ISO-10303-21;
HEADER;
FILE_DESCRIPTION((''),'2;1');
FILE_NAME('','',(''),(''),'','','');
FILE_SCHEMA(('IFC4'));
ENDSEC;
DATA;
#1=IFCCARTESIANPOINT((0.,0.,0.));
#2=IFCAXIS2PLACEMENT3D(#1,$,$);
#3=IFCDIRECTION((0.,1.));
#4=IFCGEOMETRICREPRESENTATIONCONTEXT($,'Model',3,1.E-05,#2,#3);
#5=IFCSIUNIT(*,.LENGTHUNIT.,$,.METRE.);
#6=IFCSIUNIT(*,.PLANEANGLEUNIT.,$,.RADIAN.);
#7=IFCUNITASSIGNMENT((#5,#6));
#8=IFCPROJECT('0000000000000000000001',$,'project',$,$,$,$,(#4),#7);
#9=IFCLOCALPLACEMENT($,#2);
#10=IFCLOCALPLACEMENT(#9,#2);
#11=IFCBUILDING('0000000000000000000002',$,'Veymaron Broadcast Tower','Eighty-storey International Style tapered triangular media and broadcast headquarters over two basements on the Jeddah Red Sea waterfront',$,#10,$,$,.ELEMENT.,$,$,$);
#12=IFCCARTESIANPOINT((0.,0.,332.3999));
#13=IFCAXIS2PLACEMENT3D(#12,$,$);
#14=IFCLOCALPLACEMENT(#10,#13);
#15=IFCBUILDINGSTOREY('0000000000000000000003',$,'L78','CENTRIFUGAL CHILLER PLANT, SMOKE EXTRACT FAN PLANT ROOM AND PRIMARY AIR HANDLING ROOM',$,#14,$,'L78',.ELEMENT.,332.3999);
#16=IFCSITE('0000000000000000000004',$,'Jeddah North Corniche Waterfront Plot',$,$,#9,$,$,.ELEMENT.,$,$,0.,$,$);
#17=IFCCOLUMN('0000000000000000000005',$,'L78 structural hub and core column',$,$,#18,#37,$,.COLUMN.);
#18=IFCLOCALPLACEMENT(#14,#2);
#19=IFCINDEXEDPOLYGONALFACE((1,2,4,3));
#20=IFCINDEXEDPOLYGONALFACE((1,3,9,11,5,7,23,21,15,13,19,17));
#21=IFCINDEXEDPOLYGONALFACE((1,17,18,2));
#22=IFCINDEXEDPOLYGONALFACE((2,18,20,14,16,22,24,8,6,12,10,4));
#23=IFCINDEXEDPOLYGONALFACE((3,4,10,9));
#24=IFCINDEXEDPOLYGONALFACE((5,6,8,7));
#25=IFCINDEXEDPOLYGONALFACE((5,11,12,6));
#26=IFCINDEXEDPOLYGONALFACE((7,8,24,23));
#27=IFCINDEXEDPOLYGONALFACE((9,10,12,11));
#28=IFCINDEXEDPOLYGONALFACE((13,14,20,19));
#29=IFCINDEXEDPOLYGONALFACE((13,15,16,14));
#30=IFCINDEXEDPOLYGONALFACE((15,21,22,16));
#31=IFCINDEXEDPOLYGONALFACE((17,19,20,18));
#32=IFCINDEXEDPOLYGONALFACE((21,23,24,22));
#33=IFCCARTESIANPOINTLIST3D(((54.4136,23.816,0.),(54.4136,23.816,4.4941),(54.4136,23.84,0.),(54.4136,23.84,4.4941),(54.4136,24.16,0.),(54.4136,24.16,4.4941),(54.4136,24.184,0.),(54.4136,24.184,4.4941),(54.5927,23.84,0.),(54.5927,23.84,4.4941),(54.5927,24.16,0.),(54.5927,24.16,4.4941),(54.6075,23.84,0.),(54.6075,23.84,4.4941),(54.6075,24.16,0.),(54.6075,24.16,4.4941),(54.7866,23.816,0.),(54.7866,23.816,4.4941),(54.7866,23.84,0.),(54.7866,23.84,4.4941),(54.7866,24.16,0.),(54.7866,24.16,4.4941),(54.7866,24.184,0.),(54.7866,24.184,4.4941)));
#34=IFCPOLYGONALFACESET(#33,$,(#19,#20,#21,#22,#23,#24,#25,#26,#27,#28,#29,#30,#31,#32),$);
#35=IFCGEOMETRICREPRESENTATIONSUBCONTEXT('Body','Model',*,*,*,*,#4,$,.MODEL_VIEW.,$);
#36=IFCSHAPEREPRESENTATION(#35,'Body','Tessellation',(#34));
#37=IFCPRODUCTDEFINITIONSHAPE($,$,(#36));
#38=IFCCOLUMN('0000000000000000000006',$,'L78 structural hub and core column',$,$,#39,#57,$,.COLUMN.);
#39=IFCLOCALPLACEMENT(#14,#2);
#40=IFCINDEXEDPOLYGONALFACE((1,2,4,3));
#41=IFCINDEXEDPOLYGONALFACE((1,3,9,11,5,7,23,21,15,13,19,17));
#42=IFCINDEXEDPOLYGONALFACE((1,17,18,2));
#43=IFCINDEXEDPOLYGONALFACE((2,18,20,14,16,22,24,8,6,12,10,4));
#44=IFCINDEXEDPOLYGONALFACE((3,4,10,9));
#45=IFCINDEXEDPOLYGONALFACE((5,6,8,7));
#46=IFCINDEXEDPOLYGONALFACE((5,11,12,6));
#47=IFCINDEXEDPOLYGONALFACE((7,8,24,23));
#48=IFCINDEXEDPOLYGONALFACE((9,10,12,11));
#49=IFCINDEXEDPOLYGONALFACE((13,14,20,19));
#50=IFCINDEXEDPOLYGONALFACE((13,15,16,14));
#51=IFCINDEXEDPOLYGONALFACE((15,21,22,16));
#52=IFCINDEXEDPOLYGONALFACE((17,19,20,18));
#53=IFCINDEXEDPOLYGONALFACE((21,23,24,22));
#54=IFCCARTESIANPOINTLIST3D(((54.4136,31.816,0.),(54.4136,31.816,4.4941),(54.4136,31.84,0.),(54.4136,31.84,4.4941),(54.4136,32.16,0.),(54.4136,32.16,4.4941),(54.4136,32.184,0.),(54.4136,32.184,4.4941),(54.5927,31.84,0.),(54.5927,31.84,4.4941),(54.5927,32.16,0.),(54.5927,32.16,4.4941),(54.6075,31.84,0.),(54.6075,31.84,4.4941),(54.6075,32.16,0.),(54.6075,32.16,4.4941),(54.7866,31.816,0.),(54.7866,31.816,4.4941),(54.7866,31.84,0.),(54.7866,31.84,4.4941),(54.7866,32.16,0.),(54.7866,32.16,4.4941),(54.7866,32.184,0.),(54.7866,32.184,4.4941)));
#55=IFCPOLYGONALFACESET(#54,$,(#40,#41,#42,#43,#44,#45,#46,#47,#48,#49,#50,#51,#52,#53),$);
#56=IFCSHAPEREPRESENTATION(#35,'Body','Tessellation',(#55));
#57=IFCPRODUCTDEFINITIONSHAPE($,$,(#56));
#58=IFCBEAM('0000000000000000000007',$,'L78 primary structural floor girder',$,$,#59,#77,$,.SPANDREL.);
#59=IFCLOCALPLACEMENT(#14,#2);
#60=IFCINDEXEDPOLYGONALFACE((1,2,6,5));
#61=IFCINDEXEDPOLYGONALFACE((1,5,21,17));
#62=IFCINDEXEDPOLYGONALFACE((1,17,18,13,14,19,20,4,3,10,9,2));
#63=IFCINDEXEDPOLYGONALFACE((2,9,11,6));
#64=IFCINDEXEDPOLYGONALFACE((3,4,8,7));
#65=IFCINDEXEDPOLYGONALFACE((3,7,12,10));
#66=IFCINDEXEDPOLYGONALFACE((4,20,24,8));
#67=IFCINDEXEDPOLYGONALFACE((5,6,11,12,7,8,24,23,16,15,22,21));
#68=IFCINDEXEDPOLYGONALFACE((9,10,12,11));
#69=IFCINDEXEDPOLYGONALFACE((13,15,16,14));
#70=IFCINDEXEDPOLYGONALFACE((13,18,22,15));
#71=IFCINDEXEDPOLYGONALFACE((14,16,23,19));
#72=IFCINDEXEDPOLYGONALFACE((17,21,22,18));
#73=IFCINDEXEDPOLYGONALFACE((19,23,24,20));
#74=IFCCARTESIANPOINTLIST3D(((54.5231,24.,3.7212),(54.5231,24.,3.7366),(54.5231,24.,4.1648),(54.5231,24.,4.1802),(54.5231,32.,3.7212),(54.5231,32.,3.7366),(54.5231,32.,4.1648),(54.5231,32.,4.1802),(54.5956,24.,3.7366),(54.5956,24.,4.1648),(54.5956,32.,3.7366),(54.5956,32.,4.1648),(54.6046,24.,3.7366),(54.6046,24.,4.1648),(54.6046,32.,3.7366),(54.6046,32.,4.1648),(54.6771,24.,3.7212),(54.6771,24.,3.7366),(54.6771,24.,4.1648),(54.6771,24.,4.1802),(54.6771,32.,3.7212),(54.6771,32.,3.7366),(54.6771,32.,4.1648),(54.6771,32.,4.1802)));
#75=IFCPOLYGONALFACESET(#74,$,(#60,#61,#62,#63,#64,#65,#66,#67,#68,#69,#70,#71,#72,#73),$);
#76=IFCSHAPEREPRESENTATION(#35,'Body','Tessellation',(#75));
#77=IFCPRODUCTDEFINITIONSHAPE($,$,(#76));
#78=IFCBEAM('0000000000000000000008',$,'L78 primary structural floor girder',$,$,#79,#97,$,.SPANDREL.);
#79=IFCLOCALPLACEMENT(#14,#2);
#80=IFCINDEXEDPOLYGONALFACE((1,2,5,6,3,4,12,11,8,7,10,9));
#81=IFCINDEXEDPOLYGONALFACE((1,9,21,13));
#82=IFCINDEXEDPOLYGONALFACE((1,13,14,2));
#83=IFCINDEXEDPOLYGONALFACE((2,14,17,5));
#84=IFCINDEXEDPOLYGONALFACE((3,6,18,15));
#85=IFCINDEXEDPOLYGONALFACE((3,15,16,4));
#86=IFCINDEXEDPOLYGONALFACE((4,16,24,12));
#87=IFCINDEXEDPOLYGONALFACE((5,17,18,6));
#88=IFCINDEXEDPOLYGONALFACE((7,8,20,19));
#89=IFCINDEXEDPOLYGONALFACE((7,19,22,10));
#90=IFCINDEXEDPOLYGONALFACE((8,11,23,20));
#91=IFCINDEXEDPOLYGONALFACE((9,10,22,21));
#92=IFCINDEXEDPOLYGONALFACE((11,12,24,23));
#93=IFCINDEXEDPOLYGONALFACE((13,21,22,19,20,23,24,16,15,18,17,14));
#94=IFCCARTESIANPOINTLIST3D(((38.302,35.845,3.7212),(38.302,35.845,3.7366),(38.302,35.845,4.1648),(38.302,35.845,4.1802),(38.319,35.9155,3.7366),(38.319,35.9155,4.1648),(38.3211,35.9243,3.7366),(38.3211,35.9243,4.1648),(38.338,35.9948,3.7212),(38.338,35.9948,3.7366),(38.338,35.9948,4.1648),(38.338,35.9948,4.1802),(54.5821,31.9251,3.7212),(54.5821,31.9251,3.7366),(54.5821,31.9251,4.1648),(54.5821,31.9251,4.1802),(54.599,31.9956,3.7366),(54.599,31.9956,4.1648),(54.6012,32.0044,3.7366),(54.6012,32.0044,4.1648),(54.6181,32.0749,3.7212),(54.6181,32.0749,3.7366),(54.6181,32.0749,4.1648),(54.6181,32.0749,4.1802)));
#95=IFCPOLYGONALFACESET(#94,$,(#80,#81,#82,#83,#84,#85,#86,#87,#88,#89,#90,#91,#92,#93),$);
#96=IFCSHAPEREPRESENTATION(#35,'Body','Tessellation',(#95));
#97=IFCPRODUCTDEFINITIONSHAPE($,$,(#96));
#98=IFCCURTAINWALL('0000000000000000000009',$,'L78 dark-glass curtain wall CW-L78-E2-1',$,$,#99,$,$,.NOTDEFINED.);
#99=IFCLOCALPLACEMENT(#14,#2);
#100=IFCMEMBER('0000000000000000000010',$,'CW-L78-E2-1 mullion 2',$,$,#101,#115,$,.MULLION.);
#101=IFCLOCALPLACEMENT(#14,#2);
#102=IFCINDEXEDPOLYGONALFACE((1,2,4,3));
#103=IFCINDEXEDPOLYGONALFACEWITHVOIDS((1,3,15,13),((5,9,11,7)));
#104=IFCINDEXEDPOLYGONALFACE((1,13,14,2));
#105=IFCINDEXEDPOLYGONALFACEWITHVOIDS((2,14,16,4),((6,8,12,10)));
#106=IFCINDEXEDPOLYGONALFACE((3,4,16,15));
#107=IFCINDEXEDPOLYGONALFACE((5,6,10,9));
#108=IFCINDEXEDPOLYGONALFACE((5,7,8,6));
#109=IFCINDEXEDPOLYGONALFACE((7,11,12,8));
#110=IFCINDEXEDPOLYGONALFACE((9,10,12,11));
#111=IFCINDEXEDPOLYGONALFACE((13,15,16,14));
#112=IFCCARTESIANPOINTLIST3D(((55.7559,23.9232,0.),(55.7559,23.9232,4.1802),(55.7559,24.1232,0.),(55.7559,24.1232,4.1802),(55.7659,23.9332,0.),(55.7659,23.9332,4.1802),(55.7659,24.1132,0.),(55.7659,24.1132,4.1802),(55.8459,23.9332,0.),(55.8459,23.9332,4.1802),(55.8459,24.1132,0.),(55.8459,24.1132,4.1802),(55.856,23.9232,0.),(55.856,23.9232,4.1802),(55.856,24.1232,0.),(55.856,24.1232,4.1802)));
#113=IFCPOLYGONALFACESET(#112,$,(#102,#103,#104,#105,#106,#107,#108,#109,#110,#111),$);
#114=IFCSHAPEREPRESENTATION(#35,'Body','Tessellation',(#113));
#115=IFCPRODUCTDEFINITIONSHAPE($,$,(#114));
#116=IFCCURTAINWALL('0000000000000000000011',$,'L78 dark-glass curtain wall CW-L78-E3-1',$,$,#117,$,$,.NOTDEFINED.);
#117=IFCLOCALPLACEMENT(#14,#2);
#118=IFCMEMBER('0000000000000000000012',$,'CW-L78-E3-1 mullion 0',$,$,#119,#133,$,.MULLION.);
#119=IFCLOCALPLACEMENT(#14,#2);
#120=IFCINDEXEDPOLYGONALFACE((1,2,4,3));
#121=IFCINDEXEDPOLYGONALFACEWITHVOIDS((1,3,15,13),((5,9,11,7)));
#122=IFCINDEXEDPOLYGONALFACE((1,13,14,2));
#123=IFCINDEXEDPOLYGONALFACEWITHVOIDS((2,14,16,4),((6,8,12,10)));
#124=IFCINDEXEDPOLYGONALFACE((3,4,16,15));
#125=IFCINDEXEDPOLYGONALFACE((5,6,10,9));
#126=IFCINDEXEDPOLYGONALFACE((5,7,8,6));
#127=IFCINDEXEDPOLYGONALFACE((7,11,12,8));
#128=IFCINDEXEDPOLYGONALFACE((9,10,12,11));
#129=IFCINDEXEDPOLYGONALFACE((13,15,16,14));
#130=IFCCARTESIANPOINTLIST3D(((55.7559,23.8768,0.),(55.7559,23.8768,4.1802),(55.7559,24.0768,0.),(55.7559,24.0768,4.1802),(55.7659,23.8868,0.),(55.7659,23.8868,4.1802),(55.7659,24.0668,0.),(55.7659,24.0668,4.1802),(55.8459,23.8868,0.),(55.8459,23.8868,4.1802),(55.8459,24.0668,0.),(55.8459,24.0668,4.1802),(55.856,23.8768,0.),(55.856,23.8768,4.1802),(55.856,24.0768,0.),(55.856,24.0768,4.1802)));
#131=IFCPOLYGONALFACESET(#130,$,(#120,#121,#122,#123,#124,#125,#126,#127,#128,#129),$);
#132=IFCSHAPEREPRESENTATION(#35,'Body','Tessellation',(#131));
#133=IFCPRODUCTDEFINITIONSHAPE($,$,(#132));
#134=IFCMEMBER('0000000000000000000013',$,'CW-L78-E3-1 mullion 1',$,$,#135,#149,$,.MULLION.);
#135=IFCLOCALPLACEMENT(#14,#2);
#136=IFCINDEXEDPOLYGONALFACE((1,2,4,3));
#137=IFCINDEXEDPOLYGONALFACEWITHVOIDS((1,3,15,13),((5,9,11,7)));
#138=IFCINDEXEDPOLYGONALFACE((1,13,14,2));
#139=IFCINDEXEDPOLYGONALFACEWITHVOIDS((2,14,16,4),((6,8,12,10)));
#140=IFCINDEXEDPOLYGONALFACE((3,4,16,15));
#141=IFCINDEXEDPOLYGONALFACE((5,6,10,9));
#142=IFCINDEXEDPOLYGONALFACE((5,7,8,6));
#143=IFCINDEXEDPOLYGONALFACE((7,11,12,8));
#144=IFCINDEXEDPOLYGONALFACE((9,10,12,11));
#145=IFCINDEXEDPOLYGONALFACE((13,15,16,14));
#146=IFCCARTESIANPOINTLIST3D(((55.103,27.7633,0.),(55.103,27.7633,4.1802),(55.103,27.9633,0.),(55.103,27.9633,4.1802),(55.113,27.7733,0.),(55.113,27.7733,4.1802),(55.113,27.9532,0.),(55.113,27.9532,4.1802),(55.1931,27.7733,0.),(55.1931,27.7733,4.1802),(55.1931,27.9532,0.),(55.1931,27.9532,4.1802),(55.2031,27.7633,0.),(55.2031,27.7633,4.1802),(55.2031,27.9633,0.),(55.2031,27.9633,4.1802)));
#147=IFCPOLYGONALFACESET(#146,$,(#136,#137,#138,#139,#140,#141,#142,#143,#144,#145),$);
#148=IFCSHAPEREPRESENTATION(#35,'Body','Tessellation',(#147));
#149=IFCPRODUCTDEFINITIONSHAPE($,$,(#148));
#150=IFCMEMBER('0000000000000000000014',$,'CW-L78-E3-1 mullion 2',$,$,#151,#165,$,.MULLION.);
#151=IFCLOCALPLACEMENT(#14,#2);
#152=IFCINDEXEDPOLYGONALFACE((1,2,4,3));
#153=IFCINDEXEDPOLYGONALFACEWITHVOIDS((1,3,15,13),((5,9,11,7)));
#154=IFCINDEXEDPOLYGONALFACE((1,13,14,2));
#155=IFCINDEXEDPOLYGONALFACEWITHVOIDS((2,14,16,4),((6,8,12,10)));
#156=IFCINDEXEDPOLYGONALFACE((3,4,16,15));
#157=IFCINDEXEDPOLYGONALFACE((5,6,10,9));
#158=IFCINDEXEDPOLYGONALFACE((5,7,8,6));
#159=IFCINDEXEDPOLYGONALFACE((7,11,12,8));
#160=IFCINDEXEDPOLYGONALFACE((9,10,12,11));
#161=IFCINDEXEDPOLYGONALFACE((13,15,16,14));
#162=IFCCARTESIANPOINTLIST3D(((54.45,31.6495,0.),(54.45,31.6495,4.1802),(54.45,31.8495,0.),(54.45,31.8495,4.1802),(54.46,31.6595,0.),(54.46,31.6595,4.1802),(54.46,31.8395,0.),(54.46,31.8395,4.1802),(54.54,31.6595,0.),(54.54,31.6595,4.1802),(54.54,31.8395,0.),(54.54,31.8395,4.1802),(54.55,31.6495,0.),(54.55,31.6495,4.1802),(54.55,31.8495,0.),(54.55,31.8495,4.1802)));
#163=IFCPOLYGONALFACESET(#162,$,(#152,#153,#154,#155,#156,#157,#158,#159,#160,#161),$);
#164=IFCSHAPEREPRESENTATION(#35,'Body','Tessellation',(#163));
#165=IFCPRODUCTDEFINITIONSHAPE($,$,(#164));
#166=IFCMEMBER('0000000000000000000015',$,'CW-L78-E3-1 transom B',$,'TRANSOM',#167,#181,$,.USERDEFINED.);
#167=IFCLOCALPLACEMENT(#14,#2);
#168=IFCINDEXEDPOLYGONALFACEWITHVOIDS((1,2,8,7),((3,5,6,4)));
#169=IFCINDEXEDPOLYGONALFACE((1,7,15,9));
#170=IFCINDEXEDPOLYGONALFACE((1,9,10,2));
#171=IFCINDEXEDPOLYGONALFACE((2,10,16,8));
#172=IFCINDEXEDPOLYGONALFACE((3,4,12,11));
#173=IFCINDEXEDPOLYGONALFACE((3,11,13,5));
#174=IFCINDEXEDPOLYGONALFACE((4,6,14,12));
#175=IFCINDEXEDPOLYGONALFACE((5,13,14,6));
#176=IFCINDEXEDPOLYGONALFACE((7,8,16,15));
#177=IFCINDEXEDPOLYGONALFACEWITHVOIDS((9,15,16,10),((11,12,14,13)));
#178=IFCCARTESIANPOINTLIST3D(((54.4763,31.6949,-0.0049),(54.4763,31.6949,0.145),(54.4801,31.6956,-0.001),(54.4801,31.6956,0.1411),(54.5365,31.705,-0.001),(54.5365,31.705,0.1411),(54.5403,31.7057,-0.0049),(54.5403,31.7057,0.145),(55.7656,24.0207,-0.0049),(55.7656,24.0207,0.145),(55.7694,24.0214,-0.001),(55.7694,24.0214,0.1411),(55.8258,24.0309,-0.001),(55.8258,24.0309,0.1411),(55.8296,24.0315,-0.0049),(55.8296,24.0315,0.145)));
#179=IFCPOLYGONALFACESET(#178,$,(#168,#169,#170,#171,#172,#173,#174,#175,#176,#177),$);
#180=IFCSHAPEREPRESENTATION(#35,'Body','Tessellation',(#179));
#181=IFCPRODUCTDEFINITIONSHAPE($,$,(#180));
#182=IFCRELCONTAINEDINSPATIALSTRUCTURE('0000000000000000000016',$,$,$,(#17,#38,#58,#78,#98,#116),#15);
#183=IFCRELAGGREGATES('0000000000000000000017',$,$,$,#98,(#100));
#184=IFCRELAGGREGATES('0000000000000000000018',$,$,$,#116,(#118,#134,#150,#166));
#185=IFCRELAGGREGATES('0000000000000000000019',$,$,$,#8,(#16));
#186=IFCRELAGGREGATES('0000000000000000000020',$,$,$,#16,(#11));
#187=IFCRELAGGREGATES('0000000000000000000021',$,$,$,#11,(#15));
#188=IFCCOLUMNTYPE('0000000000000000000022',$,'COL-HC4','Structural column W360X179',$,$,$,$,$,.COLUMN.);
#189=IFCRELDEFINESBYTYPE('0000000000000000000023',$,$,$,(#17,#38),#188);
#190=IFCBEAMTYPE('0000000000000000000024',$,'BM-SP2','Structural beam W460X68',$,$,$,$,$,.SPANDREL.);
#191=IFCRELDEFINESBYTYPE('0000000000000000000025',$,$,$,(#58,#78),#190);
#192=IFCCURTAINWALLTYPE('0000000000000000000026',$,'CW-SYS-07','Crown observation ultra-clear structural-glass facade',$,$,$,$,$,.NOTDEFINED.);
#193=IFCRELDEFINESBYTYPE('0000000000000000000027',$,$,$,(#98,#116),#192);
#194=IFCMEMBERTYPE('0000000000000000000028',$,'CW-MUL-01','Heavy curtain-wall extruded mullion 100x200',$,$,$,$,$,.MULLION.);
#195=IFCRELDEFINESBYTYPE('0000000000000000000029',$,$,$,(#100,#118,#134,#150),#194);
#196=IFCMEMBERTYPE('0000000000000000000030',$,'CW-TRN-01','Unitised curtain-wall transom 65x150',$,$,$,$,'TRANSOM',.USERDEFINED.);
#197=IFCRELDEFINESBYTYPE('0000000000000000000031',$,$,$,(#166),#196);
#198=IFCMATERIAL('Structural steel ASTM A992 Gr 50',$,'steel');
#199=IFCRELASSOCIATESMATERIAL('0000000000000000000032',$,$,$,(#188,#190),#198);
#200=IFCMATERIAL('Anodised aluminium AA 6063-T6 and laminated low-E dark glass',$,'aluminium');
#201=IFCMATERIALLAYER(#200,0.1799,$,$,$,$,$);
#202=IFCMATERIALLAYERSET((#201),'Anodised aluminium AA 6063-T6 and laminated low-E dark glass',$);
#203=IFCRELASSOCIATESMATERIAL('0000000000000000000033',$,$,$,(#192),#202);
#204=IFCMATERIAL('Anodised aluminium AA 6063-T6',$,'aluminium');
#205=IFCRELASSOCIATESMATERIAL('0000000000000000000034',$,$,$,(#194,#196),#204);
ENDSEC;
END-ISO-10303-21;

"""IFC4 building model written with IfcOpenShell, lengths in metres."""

from ifc_helpers import new_model, si_unit, direction, frame, origin, origin_2d, place, context, subcontext, project, spatial, hollow_rectangle, i_section, extrude, material, layer, layer_set, material_profile, profile_set, type_object, element, aggregate, save


model = new_model("IFC4")

# Units and contexts
model_context = context("Model", 3, precision=1e-05, world=origin(), true_north=direction((0.0, 1.0)))
body_context = subcontext(model_context, "Body", "Model", "MODEL_VIEW")
ifc_project = project(units=[si_unit("LENGTHUNIT", "METRE"), si_unit("PLANEANGLEUNIT", "RADIAN")], contexts=[model_context])

# Site, building, storey
site_placement = place(None, origin())
site = spatial("IfcSite", under=ifc_project, at=site_placement, Name="Jeddah North Corniche Waterfront Plot", CompositionType="ELEMENT", RefElevation=0.0)
building_placement = place(site_placement, origin())
building = spatial("IfcBuilding", under=site, at=building_placement, Name="Veymaron Broadcast Tower", Description="Eighty-storey International Style tapered triangular media and broadcast headquarters over two basements on the Jeddah Red Sea waterfront", CompositionType="ELEMENT")
storey_placement = place(building_placement, frame((0.0, 0.0, 332.3999)))
storey = spatial("IfcBuildingStorey", under=building, at=storey_placement, Name="L78", Description="CENTRIFUGAL CHILLER PLANT, SMOKE EXTRACT FAN PLANT ROOM AND PRIMARY AIR HANDLING ROOM", LongName="L78", CompositionType="ELEMENT", Elevation=332.3999)

# Columns
ifc_material_1 = material(Name="Structural steel ASTM A992 Gr 50", Category="steel")
ifc_material_profile_1 = material_profile(ifc_material_1, i_section(OverallWidth=0.373, OverallDepth=0.3679, WebThickness=0.0149, FlangeThickness=0.0239, at=origin_2d()), Name="W360X179")
ifc_profile_set_1 = profile_set([ifc_material_profile_1], Name="Structural steel ASTM A992 Gr 50")
column_type = type_object("IfcColumnType", Name="COL-HC4", Description="Structural column W360X179", PredefinedType="COLUMN", material=ifc_profile_set_1)
for number, where, z_axis, x_axis, name in (
    (1, (54.6001, 24.0, 0.0), (0.0, 0.0, 1.0), (1.0, 0.0, 0.0), "L78 structural hub and core column"),
    (2, (54.6001, 32.0, 0.0), (0.0, 0.0, 1.0), (1.0, 0.0, 0.0), "L78 structural hub and core column"),
):
    element("IfcColumn", number, at=place(storey_placement, frame(where, z_axis=z_axis, x_axis=x_axis)), inside=storey, type_object=column_type, Name=name, PredefinedType="COLUMN", context=body_context, shape_type="SweptSolid", body=[
        extrude(i_section(OverallWidth=0.373, OverallDepth=0.3679, WebThickness=0.0149, FlangeThickness=0.0239, at=origin_2d()), origin(), (0.0, 0.0, 1.0), 4.4941),
    ])

# Beams
ifc_material_profile_2 = material_profile(ifc_material_1, i_section(OverallWidth=0.1541, OverallDepth=0.459, WebThickness=0.009, FlangeThickness=0.0154, at=origin_2d()), Name="W460X68")
ifc_profile_set_2 = profile_set([ifc_material_profile_2], Name="Structural steel ASTM A992 Gr 50")
beam_type = type_object("IfcBeamType", Name="BM-SP2", Description="Structural beam W460X68", PredefinedType="SPANDREL", material=ifc_profile_set_2)
beam_1_placement = place(storey_placement, frame((54.6001, 24.0, 3.9507), z_axis=(0.0, 1.0, 0.0), x_axis=(-1.0, 0.0, 0.0)))
element("IfcBeam", 3, at=beam_1_placement, inside=storey, type_object=beam_type, Name="L78 primary structural floor girder", PredefinedType="SPANDREL", context=body_context, shape_type="SweptSolid", body=[
    extrude(i_section(OverallWidth=0.1541, OverallDepth=0.459, WebThickness=0.009, FlangeThickness=0.0154, at=origin_2d()), origin(), (0.0, 0.0, 1.0), 8.0),
])
beam_2_placement = place(storey_placement, frame((54.6001, 32.0, 3.9507), z_axis=(-0.972215, 0.234091, 0.0), x_axis=(-0.234091, -0.972215, 0.0)))
element("IfcBeam", 4, at=beam_2_placement, inside=storey, type_object=beam_type, Name="L78 primary structural floor girder", PredefinedType="SPANDREL", context=body_context, shape_type="SweptSolid", body=[
    extrude(i_section(OverallWidth=0.1541, OverallDepth=0.459, WebThickness=0.009, FlangeThickness=0.0154, at=origin_2d()), origin(), (0.0, 0.0, 1.0), 16.7454),
])

# Curtain wall, member
ifc_material_2 = material(Name="Anodised aluminium AA 6063-T6 and laminated low-E dark glass", Category="aluminium")
ifc_layer_1 = layer(ifc_material_2, 0.1799)
ifc_layer_set_1 = layer_set([ifc_layer_1], Name="Anodised aluminium AA 6063-T6 and laminated low-E dark glass")
curtain_wall_type = type_object("IfcCurtainWallType", Name="CW-SYS-07", Description="Crown observation ultra-clear structural-glass facade", PredefinedType="NOTDEFINED", material=ifc_layer_set_1)
curtain_wall_1_placement = place(storey_placement, origin())
curtain_wall_1 = element("IfcCurtainWall", 5, at=curtain_wall_1_placement, inside=storey, type_object=curtain_wall_type, Name="L78 dark-glass curtain wall CW-L78-E2-1", PredefinedType="NOTDEFINED")
ifc_material_3 = material(Name="Anodised aluminium AA 6063-T6", Category="aluminium")
ifc_material_profile_3 = material_profile(ifc_material_3, hollow_rectangle(XDim=0.1001, YDim=0.2, WallThickness=0.01, at=origin_2d()), Name="RHS200X100X10")
ifc_profile_set_3 = profile_set([ifc_material_profile_3], Name="Anodised aluminium AA 6063-T6")
member_type_1 = type_object("IfcMemberType", Name="CW-MUL-01", Description="Heavy curtain-wall extruded mullion 100x200", PredefinedType="MULLION", material=ifc_profile_set_3)
member_1_placement = place(storey_placement, frame((55.8059, 24.0232, 0.0), z_axis=(0.0, 0.0, 1.0), x_axis=(1.0, 0.0, 0.0)))
member_1 = element("IfcMember", 6, at=member_1_placement, type_object=member_type_1, Name="CW-L78-E2-1 mullion 2", PredefinedType="MULLION", context=body_context, shape_type="SweptSolid", body=[
    extrude(hollow_rectangle(XDim=0.1001, YDim=0.2, WallThickness=0.01, at=origin_2d()), origin(), (0.0, 0.0, 1.0), 4.1802),
])
aggregate(curtain_wall_1, [member_1])

# Curtain wall, members
curtain_wall_2_placement = place(storey_placement, origin())
curtain_wall_2 = element("IfcCurtainWall", 7, at=curtain_wall_2_placement, inside=storey, type_object=curtain_wall_type, Name="L78 dark-glass curtain wall CW-L78-E3-1", PredefinedType="NOTDEFINED")
member_2_placement = place(storey_placement, frame((55.8059, 23.9768, 0.0), z_axis=(0.0, 0.0, 1.0), x_axis=(1.0, 0.0, 0.0)))
member_2 = element("IfcMember", 8, at=member_2_placement, type_object=member_type_1, Name="CW-L78-E3-1 mullion 0", PredefinedType="MULLION", context=body_context, shape_type="SweptSolid", body=[
    extrude(hollow_rectangle(XDim=0.1001, YDim=0.2, WallThickness=0.01, at=origin_2d()), origin(), (0.0, 0.0, 1.0), 4.1802),
])
member_3_placement = place(storey_placement, frame((55.1531, 27.8633, 0.0), z_axis=(0.0, 0.0, 1.0), x_axis=(1.0, 0.0, 0.0)))
member_3 = element("IfcMember", 9, at=member_3_placement, type_object=member_type_1, Name="CW-L78-E3-1 mullion 1", PredefinedType="MULLION", context=body_context, shape_type="SweptSolid", body=[
    extrude(hollow_rectangle(XDim=0.1001, YDim=0.2, WallThickness=0.01, at=origin_2d()), origin(), (0.0, 0.0, 1.0), 4.1802),
])
member_4_placement = place(storey_placement, frame((54.5, 31.7495, 0.0), z_axis=(0.0, 0.0, 1.0), x_axis=(1.0, 0.0, 0.0)))
member_4 = element("IfcMember", 10, at=member_4_placement, type_object=member_type_1, Name="CW-L78-E3-1 mullion 2", PredefinedType="MULLION", context=body_context, shape_type="SweptSolid", body=[
    extrude(hollow_rectangle(XDim=0.1001, YDim=0.2, WallThickness=0.01, at=origin_2d()), origin(), (0.0, 0.0, 1.0), 4.1802),
])
ifc_material_profile_4 = material_profile(ifc_material_3, hollow_rectangle(XDim=0.0649, YDim=0.1499, WallThickness=0.0039, at=origin_2d()), Name="AL150X65X4")
ifc_profile_set_4 = profile_set([ifc_material_profile_4], Name="Anodised aluminium AA 6063-T6")
member_type_2 = type_object("IfcMemberType", Name="CW-TRN-01", Description="Unitised curtain-wall transom 65x150", ElementType="TRANSOM", PredefinedType="USERDEFINED", material=ifc_profile_set_4)
member_5_placement = place(storey_placement, frame((55.7976, 24.0261, 0.0701), z_axis=(-0.165686, 0.986179, 0.0), x_axis=(-0.986179, -0.165686, 0.0)))
member_5 = element("IfcMember", 11, at=member_5_placement, type_object=member_type_2, Name="CW-L78-E3-1 transom B", ObjectType="TRANSOM", PredefinedType="USERDEFINED", context=body_context, shape_type="SweptSolid", body=[
    extrude(hollow_rectangle(XDim=0.0649, YDim=0.1499, WallThickness=0.0039, at=origin_2d()), origin(), (0.0, 0.0, 1.0), 7.7817),
])
aggregate(curtain_wall_2, [member_2, member_3, member_4, member_5])

save(model, "model.ifc")
